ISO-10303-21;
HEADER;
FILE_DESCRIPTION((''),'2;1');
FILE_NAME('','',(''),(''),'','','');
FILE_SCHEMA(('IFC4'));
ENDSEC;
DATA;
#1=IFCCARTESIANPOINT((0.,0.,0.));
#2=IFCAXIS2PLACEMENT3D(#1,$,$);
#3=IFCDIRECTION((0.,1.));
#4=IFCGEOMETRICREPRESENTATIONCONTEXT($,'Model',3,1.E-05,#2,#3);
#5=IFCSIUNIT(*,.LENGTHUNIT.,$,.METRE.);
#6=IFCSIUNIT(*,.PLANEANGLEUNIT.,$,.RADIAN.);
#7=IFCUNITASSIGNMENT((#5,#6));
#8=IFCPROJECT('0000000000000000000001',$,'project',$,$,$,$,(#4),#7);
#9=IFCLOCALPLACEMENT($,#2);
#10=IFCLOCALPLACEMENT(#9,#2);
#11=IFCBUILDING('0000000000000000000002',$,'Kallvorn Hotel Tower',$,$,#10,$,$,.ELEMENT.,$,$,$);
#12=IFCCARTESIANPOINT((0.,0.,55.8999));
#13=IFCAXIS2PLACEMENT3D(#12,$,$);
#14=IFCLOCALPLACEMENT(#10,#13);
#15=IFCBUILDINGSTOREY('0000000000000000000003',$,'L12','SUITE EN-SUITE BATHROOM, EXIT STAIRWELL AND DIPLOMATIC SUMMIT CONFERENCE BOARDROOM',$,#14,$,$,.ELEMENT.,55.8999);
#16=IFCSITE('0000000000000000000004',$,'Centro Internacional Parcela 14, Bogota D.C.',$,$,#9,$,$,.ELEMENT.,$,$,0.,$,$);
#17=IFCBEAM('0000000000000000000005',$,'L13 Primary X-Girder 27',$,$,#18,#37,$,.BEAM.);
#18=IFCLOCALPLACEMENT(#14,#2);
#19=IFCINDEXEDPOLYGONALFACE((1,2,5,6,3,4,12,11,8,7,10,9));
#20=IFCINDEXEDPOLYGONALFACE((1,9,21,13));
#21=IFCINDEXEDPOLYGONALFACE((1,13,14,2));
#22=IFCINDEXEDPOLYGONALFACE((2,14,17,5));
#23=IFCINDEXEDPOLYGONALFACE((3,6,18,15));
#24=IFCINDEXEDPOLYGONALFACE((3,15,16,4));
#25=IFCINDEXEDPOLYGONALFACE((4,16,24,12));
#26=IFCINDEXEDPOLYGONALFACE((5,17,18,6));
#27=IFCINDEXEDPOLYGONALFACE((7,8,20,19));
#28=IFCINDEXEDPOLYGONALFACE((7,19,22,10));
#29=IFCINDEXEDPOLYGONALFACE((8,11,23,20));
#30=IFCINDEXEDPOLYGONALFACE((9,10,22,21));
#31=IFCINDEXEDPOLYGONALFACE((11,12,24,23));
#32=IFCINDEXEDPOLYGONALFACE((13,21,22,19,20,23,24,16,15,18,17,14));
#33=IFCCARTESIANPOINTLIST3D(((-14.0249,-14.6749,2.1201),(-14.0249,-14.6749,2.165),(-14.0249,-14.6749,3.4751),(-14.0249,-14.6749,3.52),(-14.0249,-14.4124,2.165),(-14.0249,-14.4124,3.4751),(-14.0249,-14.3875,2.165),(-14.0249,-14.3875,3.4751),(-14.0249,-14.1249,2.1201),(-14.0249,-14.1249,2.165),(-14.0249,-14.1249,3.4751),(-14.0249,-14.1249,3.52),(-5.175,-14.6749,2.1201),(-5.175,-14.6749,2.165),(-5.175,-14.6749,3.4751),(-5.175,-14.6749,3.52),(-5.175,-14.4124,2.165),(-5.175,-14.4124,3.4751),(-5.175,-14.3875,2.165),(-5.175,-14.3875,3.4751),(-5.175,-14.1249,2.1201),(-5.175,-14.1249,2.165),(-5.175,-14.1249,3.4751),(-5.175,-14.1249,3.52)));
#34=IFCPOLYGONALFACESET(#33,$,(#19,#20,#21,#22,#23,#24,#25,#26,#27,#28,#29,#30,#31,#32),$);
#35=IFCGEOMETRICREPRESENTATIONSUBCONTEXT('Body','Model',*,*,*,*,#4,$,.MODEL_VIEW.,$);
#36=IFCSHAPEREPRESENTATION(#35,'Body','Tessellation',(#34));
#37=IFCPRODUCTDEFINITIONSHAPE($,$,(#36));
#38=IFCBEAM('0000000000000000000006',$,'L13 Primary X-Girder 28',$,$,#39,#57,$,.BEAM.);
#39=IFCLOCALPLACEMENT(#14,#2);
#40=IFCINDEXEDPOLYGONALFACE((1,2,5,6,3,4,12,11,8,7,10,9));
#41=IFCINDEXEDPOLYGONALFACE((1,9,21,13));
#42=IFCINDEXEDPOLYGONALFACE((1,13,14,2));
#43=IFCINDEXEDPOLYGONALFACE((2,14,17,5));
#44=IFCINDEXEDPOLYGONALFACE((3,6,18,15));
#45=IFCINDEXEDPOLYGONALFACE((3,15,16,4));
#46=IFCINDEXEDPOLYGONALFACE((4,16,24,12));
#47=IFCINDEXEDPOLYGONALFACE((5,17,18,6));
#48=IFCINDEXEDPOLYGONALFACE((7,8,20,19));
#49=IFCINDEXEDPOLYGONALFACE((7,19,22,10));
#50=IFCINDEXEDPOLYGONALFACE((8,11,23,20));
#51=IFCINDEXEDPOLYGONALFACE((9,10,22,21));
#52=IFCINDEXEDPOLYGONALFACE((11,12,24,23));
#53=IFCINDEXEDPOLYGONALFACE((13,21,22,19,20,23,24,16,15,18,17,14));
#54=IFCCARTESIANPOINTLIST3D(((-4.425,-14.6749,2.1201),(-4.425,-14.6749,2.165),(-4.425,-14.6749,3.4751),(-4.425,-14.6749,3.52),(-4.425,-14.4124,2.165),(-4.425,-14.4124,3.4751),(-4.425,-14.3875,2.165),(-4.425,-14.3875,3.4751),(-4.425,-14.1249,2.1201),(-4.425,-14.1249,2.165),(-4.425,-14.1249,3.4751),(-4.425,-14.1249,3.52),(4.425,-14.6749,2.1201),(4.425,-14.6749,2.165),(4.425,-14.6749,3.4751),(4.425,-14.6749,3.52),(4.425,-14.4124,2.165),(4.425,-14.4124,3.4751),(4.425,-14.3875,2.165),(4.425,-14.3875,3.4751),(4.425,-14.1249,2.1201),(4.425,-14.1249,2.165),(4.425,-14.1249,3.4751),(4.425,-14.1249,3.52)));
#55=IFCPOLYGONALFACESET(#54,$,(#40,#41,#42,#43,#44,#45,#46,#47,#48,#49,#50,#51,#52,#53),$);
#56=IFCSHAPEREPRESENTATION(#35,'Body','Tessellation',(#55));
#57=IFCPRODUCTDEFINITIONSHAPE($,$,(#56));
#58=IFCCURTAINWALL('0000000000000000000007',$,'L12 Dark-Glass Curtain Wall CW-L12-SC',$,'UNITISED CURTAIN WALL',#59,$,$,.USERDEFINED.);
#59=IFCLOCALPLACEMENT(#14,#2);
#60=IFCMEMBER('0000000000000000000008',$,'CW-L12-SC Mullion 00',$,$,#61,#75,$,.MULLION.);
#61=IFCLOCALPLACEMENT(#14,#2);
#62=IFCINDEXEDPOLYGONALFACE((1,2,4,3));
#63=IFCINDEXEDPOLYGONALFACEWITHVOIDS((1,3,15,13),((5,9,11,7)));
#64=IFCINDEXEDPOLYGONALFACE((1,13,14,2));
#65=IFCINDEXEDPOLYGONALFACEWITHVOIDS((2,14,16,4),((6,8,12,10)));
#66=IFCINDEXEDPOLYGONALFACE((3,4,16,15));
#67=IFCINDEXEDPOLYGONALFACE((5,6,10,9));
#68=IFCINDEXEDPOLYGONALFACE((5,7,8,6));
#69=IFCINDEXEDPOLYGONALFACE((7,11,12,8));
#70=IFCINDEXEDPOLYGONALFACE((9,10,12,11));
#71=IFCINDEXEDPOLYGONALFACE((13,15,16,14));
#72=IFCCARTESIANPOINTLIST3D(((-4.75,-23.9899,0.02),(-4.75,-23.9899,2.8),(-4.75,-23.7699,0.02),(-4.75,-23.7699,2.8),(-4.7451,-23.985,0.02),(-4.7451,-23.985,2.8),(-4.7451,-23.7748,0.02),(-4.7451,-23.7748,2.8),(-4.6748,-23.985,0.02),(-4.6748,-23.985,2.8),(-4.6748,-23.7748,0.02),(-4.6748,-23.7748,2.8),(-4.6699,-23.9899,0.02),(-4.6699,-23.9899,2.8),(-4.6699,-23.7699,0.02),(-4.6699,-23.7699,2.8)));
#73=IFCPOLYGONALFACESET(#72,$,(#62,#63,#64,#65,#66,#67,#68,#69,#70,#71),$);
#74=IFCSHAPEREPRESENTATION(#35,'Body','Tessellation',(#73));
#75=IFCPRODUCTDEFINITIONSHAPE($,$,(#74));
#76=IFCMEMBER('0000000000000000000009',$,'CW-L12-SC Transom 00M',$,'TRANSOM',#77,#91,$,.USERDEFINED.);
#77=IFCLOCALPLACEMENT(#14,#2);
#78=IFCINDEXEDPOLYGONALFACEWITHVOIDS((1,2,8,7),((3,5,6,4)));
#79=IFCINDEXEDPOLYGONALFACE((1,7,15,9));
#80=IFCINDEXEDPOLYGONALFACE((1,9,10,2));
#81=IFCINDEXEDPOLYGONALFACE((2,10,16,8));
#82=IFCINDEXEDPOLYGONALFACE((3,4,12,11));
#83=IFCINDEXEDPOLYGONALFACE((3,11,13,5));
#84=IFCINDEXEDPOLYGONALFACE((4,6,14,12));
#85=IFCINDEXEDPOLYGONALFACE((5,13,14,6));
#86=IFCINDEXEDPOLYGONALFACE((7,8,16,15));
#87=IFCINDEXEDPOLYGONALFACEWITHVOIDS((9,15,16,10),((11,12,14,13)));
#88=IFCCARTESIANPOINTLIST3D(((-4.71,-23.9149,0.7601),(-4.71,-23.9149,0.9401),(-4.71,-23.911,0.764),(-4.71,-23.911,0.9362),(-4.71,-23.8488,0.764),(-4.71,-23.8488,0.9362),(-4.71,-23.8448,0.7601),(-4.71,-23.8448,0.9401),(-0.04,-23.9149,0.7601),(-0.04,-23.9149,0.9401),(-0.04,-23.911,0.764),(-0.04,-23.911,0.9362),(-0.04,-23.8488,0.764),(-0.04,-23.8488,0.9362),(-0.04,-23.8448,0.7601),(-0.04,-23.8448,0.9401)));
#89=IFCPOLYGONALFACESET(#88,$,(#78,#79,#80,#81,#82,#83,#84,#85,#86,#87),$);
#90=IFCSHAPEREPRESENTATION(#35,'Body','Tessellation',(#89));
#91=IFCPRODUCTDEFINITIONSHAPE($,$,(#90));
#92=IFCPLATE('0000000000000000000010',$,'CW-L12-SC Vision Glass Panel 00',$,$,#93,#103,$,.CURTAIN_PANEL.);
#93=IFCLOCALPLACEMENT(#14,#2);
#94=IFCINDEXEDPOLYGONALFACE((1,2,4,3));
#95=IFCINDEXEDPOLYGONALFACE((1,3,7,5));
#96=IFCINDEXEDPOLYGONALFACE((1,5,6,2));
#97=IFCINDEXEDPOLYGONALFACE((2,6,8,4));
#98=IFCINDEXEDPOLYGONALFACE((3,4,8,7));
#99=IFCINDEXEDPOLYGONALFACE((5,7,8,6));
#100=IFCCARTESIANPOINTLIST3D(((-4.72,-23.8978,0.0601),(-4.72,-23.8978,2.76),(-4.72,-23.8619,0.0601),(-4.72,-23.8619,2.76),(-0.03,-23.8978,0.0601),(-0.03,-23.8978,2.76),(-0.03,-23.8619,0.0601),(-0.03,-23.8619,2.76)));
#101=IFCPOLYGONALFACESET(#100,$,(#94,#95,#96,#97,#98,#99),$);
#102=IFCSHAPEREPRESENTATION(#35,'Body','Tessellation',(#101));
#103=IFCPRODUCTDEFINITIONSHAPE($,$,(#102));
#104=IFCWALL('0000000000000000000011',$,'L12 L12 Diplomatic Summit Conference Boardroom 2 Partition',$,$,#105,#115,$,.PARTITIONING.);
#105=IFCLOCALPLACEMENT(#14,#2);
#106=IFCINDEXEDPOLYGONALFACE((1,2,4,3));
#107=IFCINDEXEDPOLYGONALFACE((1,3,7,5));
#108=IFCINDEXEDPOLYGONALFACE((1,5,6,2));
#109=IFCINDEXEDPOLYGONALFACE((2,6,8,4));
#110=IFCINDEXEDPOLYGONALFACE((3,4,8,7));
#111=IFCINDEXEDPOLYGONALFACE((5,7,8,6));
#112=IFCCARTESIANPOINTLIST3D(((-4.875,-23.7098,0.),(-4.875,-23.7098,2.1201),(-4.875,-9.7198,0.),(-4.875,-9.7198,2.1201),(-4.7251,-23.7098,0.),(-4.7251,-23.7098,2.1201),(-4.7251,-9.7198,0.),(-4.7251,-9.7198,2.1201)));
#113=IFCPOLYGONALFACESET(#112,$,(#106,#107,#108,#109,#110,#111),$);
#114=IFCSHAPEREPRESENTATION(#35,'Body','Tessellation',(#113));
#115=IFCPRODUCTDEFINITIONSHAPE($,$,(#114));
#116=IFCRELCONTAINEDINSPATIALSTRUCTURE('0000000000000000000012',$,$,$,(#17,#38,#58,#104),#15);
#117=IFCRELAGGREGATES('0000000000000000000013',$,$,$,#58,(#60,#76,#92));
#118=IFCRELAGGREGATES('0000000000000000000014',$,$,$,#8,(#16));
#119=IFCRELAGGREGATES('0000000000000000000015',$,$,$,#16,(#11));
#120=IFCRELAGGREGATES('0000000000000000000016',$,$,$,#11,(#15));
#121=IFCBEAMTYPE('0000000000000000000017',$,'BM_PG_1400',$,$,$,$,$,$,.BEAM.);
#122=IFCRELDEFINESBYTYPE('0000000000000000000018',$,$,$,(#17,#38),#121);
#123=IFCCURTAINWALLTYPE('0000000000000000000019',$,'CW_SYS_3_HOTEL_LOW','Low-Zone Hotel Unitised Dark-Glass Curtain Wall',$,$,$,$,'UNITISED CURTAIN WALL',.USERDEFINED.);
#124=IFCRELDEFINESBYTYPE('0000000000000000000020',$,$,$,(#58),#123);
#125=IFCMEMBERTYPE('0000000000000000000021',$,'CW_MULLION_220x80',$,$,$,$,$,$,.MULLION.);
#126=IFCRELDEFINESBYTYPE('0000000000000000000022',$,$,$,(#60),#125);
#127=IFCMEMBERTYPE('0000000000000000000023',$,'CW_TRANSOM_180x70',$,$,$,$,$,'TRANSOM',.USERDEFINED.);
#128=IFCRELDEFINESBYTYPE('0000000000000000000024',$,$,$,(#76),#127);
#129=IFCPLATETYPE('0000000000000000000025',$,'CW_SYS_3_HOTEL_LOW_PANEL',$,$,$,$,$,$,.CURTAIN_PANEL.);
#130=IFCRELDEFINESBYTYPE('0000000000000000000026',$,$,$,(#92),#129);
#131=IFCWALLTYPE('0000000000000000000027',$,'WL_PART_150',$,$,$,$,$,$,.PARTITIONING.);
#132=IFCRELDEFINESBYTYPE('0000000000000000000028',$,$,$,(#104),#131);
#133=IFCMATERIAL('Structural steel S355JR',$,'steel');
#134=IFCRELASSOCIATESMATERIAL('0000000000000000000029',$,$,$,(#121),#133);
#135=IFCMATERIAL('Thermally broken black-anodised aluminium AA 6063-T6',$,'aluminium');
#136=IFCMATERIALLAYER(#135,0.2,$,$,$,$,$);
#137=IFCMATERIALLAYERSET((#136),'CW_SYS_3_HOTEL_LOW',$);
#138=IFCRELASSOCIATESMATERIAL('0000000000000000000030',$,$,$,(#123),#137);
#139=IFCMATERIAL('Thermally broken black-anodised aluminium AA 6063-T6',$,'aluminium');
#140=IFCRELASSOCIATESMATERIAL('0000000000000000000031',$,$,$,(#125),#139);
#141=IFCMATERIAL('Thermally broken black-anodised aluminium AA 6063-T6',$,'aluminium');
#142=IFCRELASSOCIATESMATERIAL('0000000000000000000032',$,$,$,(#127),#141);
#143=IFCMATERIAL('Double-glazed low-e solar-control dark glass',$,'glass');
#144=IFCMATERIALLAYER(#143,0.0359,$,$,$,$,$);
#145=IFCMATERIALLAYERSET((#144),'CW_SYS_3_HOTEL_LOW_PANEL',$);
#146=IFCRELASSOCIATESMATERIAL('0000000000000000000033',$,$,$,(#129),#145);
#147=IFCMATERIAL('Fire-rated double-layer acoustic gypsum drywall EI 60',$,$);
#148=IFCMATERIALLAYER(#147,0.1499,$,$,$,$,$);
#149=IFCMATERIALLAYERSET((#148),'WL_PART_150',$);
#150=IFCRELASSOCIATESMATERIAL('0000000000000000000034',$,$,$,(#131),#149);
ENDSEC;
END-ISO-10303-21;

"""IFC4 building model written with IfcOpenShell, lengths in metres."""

from ifc_helpers import new_model, si_unit, direction, frame, frame_2d, origin, origin_2d, place, context, subcontext, project, spatial, rectangle, hollow_rectangle, i_section, extrude, material, layer, layer_set, material_profile, profile_set, type_object, element, aggregate, save


model = new_model("IFC4")

# Units and contexts
model_context = context("Model", 3, precision=1e-05, world=origin(), true_north=direction((0.0, 1.0)))
body_context = subcontext(model_context, "Body", "Model", "MODEL_VIEW")
ifc_project = project(units=[si_unit("LENGTHUNIT", "METRE"), si_unit("PLANEANGLEUNIT", "RADIAN")], contexts=[model_context])

# Site, building, storey
site_placement = place(None, origin())
site = spatial("IfcSite", under=ifc_project, at=site_placement, Name="Centro Internacional Parcela 14, Bogota D.C.", CompositionType="ELEMENT", RefElevation=0.0)
building_placement = place(site_placement, origin())
building = spatial("IfcBuilding", under=site, at=building_placement, Name="Kallvorn Hotel Tower", CompositionType="ELEMENT")
storey_placement = place(building_placement, frame((0.0, 0.0, 55.8999)))
storey = spatial("IfcBuildingStorey", under=building, at=storey_placement, Name="L12", Description="SUITE EN-SUITE BATHROOM, EXIT STAIRWELL AND DIPLOMATIC SUMMIT CONFERENCE BOARDROOM", CompositionType="ELEMENT", Elevation=55.8999)

# Beams
ifc_material_1 = material(Name="Structural steel S355JR", Category="steel")
ifc_material_profile_1 = material_profile(ifc_material_1, i_section(OverallWidth=0.55, OverallDepth=1.3999, WebThickness=0.0249, FlangeThickness=0.0449, at=origin_2d()), Name="PG 1400x550x25x45")
ifc_profile_set_1 = profile_set([ifc_material_profile_1], Name="Structural steel S355JR")
beam_type_1 = type_object("IfcBeamType", Name="BM_PG_1400", PredefinedType="BEAM", material=ifc_profile_set_1)
beam_1_placement = place(storey_placement, frame((-14.0249, -14.3999, 2.8201), z_axis=(1.0, 0.0, 0.0), x_axis=(0.0, 1.0, 0.0)))
element("IfcBeam", 1, at=beam_1_placement, inside=storey, type_object=beam_type_1, Name="L13 Primary X-Girder 27", PredefinedType="BEAM", context=body_context, shape_type="SweptSolid", body=[
    extrude(i_section(OverallWidth=0.55, OverallDepth=1.3999, WebThickness=0.0249, FlangeThickness=0.0449, at=origin_2d()), origin(), (0.0, 0.0, 1.0), 8.8499),
])
beam_2_placement = place(storey_placement, frame((-4.425, -14.3999, 2.8201), z_axis=(1.0, 0.0, 0.0), x_axis=(0.0, 1.0, 0.0)))
element("IfcBeam", 2, at=beam_2_placement, inside=storey, type_object=beam_type_1, Name="L13 Primary X-Girder 28", PredefinedType="BEAM", context=body_context, shape_type="SweptSolid", body=[
    extrude(i_section(OverallWidth=0.55, OverallDepth=1.3999, WebThickness=0.0249, FlangeThickness=0.0449, at=origin_2d()), origin(), (0.0, 0.0, 1.0), 8.8501),
])

# Curtain wall, members, plate
ifc_material_2 = material(Name="Thermally broken black-anodised aluminium AA 6063-T6", Category="aluminium")
ifc_layer_1 = layer(ifc_material_2, 0.2)
ifc_layer_set_1 = layer_set([ifc_layer_1], Name="CW_SYS_3_HOTEL_LOW")
curtain_wall_type = type_object("IfcCurtainWallType", Name="CW_SYS_3_HOTEL_LOW", Description="Low-Zone Hotel Unitised Dark-Glass Curtain Wall", ElementType="UNITISED CURTAIN WALL", PredefinedType="USERDEFINED", material=ifc_layer_set_1)
curtain_wall_placement = place(storey_placement, origin())
curtain_wall = element("IfcCurtainWall", 3, at=curtain_wall_placement, inside=storey, type_object=curtain_wall_type, Name="L12 Dark-Glass Curtain Wall CW-L12-SC", ObjectType="UNITISED CURTAIN WALL", PredefinedType="USERDEFINED")
ifc_material_3 = material(Name="Thermally broken black-anodised aluminium AA 6063-T6", Category="aluminium")
ifc_material_profile_2 = material_profile(ifc_material_3, hollow_rectangle(XDim=0.0801, YDim=0.22, WallThickness=0.0049, at=origin_2d()), Name="MUL 220x80")
ifc_profile_set_2 = profile_set([ifc_material_profile_2], Name="Thermally broken black-anodised aluminium AA 6063-T6")
member_type_1 = type_object("IfcMemberType", Name="CW_MULLION_220x80", PredefinedType="MULLION", material=ifc_profile_set_2)
member_1_placement = place(storey_placement, frame((-4.71, -23.8799, 0.02), z_axis=(0.0, 0.0, 1.0), x_axis=(1.0, 0.0, 0.0)))
member_1 = element("IfcMember", 4, at=member_1_placement, type_object=member_type_1, Name="CW-L12-SC Mullion 00", PredefinedType="MULLION", context=body_context, shape_type="SweptSolid", body=[
    extrude(hollow_rectangle(XDim=0.0801, YDim=0.22, WallThickness=0.0049, at=origin_2d()), origin(), (0.0, 0.0, 1.0), 2.78),
])
ifc_material_4 = material(Name="Thermally broken black-anodised aluminium AA 6063-T6", Category="aluminium")
ifc_material_profile_3 = material_profile(ifc_material_4, hollow_rectangle(XDim=0.0701, YDim=0.1799, WallThickness=0.0039, at=origin_2d()), Name="TRN 180x70")
ifc_profile_set_3 = profile_set([ifc_material_profile_3], Name="Thermally broken black-anodised aluminium AA 6063-T6")
member_type_2 = type_object("IfcMemberType", Name="CW_TRANSOM_180x70", ElementType="TRANSOM", PredefinedType="USERDEFINED", material=ifc_profile_set_3)
member_2_placement = place(storey_placement, frame((-4.71, -23.8799, 0.8501), z_axis=(1.0, 0.0, 0.0), x_axis=(0.0, 1.0, 0.0)))
member_2 = element("IfcMember", 5, at=member_2_placement, type_object=member_type_2, Name="CW-L12-SC Transom 00M", ObjectType="TRANSOM", PredefinedType="USERDEFINED", context=body_context, shape_type="SweptSolid", body=[
    extrude(hollow_rectangle(XDim=0.0701, YDim=0.1799, WallThickness=0.0039, at=origin_2d()), origin(), (0.0, 0.0, 1.0), 4.6699),
])
ifc_material_5 = material(Name="Double-glazed low-e solar-control dark glass", Category="glass")
ifc_layer_2 = layer(ifc_material_5, 0.0359)
ifc_layer_set_2 = layer_set([ifc_layer_2], Name="CW_SYS_3_HOTEL_LOW_PANEL")
plate_type = type_object("IfcPlateType", Name="CW_SYS_3_HOTEL_LOW_PANEL", PredefinedType="CURTAIN_PANEL", material=ifc_layer_set_2)
plate_placement = place(storey_placement, frame((-2.375, -23.8799, 0.0601), z_axis=(0.0, 0.0, 1.0), x_axis=(1.0, 0.0, 0.0)))
plate = element("IfcPlate", 6, at=plate_placement, type_object=plate_type, Name="CW-L12-SC Vision Glass Panel 00", PredefinedType="CURTAIN_PANEL", context=body_context, shape_type="SweptSolid", body=[
    extrude(rectangle(XDim=4.6899, YDim=0.0359, at=origin_2d()), origin(), (0.0, 0.0, 1.0), 2.7),
])
aggregate(curtain_wall, [member_1, member_2, plate])

# Wall
ifc_material_6 = material(Name="Fire-rated double-layer acoustic gypsum drywall EI 60")
ifc_layer_3 = layer(ifc_material_6, 0.1499)
ifc_layer_set_3 = layer_set([ifc_layer_3], Name="WL_PART_150")
wall_type = type_object("IfcWallType", Name="WL_PART_150", PredefinedType="PARTITIONING", material=ifc_layer_set_3)
wall_placement = place(storey_placement, frame((-4.8, -23.71, 0.0), z_axis=(0.0, 0.0, 1.0), x_axis=(0.0, 1.0, 0.0)))
element("IfcWall", 7, at=wall_placement, inside=storey, type_object=wall_type, Name="L12 L12 Diplomatic Summit Conference Boardroom 2 Partition", PredefinedType="PARTITIONING", context=body_context, shape_type="SweptSolid", body=[
    extrude(rectangle(XDim=13.99, YDim=0.1499, at=frame_2d((6.9951, 0.0))), origin(), (0.0, 0.0, 1.0), 2.1201),
])

save(model, "model.ifc")
